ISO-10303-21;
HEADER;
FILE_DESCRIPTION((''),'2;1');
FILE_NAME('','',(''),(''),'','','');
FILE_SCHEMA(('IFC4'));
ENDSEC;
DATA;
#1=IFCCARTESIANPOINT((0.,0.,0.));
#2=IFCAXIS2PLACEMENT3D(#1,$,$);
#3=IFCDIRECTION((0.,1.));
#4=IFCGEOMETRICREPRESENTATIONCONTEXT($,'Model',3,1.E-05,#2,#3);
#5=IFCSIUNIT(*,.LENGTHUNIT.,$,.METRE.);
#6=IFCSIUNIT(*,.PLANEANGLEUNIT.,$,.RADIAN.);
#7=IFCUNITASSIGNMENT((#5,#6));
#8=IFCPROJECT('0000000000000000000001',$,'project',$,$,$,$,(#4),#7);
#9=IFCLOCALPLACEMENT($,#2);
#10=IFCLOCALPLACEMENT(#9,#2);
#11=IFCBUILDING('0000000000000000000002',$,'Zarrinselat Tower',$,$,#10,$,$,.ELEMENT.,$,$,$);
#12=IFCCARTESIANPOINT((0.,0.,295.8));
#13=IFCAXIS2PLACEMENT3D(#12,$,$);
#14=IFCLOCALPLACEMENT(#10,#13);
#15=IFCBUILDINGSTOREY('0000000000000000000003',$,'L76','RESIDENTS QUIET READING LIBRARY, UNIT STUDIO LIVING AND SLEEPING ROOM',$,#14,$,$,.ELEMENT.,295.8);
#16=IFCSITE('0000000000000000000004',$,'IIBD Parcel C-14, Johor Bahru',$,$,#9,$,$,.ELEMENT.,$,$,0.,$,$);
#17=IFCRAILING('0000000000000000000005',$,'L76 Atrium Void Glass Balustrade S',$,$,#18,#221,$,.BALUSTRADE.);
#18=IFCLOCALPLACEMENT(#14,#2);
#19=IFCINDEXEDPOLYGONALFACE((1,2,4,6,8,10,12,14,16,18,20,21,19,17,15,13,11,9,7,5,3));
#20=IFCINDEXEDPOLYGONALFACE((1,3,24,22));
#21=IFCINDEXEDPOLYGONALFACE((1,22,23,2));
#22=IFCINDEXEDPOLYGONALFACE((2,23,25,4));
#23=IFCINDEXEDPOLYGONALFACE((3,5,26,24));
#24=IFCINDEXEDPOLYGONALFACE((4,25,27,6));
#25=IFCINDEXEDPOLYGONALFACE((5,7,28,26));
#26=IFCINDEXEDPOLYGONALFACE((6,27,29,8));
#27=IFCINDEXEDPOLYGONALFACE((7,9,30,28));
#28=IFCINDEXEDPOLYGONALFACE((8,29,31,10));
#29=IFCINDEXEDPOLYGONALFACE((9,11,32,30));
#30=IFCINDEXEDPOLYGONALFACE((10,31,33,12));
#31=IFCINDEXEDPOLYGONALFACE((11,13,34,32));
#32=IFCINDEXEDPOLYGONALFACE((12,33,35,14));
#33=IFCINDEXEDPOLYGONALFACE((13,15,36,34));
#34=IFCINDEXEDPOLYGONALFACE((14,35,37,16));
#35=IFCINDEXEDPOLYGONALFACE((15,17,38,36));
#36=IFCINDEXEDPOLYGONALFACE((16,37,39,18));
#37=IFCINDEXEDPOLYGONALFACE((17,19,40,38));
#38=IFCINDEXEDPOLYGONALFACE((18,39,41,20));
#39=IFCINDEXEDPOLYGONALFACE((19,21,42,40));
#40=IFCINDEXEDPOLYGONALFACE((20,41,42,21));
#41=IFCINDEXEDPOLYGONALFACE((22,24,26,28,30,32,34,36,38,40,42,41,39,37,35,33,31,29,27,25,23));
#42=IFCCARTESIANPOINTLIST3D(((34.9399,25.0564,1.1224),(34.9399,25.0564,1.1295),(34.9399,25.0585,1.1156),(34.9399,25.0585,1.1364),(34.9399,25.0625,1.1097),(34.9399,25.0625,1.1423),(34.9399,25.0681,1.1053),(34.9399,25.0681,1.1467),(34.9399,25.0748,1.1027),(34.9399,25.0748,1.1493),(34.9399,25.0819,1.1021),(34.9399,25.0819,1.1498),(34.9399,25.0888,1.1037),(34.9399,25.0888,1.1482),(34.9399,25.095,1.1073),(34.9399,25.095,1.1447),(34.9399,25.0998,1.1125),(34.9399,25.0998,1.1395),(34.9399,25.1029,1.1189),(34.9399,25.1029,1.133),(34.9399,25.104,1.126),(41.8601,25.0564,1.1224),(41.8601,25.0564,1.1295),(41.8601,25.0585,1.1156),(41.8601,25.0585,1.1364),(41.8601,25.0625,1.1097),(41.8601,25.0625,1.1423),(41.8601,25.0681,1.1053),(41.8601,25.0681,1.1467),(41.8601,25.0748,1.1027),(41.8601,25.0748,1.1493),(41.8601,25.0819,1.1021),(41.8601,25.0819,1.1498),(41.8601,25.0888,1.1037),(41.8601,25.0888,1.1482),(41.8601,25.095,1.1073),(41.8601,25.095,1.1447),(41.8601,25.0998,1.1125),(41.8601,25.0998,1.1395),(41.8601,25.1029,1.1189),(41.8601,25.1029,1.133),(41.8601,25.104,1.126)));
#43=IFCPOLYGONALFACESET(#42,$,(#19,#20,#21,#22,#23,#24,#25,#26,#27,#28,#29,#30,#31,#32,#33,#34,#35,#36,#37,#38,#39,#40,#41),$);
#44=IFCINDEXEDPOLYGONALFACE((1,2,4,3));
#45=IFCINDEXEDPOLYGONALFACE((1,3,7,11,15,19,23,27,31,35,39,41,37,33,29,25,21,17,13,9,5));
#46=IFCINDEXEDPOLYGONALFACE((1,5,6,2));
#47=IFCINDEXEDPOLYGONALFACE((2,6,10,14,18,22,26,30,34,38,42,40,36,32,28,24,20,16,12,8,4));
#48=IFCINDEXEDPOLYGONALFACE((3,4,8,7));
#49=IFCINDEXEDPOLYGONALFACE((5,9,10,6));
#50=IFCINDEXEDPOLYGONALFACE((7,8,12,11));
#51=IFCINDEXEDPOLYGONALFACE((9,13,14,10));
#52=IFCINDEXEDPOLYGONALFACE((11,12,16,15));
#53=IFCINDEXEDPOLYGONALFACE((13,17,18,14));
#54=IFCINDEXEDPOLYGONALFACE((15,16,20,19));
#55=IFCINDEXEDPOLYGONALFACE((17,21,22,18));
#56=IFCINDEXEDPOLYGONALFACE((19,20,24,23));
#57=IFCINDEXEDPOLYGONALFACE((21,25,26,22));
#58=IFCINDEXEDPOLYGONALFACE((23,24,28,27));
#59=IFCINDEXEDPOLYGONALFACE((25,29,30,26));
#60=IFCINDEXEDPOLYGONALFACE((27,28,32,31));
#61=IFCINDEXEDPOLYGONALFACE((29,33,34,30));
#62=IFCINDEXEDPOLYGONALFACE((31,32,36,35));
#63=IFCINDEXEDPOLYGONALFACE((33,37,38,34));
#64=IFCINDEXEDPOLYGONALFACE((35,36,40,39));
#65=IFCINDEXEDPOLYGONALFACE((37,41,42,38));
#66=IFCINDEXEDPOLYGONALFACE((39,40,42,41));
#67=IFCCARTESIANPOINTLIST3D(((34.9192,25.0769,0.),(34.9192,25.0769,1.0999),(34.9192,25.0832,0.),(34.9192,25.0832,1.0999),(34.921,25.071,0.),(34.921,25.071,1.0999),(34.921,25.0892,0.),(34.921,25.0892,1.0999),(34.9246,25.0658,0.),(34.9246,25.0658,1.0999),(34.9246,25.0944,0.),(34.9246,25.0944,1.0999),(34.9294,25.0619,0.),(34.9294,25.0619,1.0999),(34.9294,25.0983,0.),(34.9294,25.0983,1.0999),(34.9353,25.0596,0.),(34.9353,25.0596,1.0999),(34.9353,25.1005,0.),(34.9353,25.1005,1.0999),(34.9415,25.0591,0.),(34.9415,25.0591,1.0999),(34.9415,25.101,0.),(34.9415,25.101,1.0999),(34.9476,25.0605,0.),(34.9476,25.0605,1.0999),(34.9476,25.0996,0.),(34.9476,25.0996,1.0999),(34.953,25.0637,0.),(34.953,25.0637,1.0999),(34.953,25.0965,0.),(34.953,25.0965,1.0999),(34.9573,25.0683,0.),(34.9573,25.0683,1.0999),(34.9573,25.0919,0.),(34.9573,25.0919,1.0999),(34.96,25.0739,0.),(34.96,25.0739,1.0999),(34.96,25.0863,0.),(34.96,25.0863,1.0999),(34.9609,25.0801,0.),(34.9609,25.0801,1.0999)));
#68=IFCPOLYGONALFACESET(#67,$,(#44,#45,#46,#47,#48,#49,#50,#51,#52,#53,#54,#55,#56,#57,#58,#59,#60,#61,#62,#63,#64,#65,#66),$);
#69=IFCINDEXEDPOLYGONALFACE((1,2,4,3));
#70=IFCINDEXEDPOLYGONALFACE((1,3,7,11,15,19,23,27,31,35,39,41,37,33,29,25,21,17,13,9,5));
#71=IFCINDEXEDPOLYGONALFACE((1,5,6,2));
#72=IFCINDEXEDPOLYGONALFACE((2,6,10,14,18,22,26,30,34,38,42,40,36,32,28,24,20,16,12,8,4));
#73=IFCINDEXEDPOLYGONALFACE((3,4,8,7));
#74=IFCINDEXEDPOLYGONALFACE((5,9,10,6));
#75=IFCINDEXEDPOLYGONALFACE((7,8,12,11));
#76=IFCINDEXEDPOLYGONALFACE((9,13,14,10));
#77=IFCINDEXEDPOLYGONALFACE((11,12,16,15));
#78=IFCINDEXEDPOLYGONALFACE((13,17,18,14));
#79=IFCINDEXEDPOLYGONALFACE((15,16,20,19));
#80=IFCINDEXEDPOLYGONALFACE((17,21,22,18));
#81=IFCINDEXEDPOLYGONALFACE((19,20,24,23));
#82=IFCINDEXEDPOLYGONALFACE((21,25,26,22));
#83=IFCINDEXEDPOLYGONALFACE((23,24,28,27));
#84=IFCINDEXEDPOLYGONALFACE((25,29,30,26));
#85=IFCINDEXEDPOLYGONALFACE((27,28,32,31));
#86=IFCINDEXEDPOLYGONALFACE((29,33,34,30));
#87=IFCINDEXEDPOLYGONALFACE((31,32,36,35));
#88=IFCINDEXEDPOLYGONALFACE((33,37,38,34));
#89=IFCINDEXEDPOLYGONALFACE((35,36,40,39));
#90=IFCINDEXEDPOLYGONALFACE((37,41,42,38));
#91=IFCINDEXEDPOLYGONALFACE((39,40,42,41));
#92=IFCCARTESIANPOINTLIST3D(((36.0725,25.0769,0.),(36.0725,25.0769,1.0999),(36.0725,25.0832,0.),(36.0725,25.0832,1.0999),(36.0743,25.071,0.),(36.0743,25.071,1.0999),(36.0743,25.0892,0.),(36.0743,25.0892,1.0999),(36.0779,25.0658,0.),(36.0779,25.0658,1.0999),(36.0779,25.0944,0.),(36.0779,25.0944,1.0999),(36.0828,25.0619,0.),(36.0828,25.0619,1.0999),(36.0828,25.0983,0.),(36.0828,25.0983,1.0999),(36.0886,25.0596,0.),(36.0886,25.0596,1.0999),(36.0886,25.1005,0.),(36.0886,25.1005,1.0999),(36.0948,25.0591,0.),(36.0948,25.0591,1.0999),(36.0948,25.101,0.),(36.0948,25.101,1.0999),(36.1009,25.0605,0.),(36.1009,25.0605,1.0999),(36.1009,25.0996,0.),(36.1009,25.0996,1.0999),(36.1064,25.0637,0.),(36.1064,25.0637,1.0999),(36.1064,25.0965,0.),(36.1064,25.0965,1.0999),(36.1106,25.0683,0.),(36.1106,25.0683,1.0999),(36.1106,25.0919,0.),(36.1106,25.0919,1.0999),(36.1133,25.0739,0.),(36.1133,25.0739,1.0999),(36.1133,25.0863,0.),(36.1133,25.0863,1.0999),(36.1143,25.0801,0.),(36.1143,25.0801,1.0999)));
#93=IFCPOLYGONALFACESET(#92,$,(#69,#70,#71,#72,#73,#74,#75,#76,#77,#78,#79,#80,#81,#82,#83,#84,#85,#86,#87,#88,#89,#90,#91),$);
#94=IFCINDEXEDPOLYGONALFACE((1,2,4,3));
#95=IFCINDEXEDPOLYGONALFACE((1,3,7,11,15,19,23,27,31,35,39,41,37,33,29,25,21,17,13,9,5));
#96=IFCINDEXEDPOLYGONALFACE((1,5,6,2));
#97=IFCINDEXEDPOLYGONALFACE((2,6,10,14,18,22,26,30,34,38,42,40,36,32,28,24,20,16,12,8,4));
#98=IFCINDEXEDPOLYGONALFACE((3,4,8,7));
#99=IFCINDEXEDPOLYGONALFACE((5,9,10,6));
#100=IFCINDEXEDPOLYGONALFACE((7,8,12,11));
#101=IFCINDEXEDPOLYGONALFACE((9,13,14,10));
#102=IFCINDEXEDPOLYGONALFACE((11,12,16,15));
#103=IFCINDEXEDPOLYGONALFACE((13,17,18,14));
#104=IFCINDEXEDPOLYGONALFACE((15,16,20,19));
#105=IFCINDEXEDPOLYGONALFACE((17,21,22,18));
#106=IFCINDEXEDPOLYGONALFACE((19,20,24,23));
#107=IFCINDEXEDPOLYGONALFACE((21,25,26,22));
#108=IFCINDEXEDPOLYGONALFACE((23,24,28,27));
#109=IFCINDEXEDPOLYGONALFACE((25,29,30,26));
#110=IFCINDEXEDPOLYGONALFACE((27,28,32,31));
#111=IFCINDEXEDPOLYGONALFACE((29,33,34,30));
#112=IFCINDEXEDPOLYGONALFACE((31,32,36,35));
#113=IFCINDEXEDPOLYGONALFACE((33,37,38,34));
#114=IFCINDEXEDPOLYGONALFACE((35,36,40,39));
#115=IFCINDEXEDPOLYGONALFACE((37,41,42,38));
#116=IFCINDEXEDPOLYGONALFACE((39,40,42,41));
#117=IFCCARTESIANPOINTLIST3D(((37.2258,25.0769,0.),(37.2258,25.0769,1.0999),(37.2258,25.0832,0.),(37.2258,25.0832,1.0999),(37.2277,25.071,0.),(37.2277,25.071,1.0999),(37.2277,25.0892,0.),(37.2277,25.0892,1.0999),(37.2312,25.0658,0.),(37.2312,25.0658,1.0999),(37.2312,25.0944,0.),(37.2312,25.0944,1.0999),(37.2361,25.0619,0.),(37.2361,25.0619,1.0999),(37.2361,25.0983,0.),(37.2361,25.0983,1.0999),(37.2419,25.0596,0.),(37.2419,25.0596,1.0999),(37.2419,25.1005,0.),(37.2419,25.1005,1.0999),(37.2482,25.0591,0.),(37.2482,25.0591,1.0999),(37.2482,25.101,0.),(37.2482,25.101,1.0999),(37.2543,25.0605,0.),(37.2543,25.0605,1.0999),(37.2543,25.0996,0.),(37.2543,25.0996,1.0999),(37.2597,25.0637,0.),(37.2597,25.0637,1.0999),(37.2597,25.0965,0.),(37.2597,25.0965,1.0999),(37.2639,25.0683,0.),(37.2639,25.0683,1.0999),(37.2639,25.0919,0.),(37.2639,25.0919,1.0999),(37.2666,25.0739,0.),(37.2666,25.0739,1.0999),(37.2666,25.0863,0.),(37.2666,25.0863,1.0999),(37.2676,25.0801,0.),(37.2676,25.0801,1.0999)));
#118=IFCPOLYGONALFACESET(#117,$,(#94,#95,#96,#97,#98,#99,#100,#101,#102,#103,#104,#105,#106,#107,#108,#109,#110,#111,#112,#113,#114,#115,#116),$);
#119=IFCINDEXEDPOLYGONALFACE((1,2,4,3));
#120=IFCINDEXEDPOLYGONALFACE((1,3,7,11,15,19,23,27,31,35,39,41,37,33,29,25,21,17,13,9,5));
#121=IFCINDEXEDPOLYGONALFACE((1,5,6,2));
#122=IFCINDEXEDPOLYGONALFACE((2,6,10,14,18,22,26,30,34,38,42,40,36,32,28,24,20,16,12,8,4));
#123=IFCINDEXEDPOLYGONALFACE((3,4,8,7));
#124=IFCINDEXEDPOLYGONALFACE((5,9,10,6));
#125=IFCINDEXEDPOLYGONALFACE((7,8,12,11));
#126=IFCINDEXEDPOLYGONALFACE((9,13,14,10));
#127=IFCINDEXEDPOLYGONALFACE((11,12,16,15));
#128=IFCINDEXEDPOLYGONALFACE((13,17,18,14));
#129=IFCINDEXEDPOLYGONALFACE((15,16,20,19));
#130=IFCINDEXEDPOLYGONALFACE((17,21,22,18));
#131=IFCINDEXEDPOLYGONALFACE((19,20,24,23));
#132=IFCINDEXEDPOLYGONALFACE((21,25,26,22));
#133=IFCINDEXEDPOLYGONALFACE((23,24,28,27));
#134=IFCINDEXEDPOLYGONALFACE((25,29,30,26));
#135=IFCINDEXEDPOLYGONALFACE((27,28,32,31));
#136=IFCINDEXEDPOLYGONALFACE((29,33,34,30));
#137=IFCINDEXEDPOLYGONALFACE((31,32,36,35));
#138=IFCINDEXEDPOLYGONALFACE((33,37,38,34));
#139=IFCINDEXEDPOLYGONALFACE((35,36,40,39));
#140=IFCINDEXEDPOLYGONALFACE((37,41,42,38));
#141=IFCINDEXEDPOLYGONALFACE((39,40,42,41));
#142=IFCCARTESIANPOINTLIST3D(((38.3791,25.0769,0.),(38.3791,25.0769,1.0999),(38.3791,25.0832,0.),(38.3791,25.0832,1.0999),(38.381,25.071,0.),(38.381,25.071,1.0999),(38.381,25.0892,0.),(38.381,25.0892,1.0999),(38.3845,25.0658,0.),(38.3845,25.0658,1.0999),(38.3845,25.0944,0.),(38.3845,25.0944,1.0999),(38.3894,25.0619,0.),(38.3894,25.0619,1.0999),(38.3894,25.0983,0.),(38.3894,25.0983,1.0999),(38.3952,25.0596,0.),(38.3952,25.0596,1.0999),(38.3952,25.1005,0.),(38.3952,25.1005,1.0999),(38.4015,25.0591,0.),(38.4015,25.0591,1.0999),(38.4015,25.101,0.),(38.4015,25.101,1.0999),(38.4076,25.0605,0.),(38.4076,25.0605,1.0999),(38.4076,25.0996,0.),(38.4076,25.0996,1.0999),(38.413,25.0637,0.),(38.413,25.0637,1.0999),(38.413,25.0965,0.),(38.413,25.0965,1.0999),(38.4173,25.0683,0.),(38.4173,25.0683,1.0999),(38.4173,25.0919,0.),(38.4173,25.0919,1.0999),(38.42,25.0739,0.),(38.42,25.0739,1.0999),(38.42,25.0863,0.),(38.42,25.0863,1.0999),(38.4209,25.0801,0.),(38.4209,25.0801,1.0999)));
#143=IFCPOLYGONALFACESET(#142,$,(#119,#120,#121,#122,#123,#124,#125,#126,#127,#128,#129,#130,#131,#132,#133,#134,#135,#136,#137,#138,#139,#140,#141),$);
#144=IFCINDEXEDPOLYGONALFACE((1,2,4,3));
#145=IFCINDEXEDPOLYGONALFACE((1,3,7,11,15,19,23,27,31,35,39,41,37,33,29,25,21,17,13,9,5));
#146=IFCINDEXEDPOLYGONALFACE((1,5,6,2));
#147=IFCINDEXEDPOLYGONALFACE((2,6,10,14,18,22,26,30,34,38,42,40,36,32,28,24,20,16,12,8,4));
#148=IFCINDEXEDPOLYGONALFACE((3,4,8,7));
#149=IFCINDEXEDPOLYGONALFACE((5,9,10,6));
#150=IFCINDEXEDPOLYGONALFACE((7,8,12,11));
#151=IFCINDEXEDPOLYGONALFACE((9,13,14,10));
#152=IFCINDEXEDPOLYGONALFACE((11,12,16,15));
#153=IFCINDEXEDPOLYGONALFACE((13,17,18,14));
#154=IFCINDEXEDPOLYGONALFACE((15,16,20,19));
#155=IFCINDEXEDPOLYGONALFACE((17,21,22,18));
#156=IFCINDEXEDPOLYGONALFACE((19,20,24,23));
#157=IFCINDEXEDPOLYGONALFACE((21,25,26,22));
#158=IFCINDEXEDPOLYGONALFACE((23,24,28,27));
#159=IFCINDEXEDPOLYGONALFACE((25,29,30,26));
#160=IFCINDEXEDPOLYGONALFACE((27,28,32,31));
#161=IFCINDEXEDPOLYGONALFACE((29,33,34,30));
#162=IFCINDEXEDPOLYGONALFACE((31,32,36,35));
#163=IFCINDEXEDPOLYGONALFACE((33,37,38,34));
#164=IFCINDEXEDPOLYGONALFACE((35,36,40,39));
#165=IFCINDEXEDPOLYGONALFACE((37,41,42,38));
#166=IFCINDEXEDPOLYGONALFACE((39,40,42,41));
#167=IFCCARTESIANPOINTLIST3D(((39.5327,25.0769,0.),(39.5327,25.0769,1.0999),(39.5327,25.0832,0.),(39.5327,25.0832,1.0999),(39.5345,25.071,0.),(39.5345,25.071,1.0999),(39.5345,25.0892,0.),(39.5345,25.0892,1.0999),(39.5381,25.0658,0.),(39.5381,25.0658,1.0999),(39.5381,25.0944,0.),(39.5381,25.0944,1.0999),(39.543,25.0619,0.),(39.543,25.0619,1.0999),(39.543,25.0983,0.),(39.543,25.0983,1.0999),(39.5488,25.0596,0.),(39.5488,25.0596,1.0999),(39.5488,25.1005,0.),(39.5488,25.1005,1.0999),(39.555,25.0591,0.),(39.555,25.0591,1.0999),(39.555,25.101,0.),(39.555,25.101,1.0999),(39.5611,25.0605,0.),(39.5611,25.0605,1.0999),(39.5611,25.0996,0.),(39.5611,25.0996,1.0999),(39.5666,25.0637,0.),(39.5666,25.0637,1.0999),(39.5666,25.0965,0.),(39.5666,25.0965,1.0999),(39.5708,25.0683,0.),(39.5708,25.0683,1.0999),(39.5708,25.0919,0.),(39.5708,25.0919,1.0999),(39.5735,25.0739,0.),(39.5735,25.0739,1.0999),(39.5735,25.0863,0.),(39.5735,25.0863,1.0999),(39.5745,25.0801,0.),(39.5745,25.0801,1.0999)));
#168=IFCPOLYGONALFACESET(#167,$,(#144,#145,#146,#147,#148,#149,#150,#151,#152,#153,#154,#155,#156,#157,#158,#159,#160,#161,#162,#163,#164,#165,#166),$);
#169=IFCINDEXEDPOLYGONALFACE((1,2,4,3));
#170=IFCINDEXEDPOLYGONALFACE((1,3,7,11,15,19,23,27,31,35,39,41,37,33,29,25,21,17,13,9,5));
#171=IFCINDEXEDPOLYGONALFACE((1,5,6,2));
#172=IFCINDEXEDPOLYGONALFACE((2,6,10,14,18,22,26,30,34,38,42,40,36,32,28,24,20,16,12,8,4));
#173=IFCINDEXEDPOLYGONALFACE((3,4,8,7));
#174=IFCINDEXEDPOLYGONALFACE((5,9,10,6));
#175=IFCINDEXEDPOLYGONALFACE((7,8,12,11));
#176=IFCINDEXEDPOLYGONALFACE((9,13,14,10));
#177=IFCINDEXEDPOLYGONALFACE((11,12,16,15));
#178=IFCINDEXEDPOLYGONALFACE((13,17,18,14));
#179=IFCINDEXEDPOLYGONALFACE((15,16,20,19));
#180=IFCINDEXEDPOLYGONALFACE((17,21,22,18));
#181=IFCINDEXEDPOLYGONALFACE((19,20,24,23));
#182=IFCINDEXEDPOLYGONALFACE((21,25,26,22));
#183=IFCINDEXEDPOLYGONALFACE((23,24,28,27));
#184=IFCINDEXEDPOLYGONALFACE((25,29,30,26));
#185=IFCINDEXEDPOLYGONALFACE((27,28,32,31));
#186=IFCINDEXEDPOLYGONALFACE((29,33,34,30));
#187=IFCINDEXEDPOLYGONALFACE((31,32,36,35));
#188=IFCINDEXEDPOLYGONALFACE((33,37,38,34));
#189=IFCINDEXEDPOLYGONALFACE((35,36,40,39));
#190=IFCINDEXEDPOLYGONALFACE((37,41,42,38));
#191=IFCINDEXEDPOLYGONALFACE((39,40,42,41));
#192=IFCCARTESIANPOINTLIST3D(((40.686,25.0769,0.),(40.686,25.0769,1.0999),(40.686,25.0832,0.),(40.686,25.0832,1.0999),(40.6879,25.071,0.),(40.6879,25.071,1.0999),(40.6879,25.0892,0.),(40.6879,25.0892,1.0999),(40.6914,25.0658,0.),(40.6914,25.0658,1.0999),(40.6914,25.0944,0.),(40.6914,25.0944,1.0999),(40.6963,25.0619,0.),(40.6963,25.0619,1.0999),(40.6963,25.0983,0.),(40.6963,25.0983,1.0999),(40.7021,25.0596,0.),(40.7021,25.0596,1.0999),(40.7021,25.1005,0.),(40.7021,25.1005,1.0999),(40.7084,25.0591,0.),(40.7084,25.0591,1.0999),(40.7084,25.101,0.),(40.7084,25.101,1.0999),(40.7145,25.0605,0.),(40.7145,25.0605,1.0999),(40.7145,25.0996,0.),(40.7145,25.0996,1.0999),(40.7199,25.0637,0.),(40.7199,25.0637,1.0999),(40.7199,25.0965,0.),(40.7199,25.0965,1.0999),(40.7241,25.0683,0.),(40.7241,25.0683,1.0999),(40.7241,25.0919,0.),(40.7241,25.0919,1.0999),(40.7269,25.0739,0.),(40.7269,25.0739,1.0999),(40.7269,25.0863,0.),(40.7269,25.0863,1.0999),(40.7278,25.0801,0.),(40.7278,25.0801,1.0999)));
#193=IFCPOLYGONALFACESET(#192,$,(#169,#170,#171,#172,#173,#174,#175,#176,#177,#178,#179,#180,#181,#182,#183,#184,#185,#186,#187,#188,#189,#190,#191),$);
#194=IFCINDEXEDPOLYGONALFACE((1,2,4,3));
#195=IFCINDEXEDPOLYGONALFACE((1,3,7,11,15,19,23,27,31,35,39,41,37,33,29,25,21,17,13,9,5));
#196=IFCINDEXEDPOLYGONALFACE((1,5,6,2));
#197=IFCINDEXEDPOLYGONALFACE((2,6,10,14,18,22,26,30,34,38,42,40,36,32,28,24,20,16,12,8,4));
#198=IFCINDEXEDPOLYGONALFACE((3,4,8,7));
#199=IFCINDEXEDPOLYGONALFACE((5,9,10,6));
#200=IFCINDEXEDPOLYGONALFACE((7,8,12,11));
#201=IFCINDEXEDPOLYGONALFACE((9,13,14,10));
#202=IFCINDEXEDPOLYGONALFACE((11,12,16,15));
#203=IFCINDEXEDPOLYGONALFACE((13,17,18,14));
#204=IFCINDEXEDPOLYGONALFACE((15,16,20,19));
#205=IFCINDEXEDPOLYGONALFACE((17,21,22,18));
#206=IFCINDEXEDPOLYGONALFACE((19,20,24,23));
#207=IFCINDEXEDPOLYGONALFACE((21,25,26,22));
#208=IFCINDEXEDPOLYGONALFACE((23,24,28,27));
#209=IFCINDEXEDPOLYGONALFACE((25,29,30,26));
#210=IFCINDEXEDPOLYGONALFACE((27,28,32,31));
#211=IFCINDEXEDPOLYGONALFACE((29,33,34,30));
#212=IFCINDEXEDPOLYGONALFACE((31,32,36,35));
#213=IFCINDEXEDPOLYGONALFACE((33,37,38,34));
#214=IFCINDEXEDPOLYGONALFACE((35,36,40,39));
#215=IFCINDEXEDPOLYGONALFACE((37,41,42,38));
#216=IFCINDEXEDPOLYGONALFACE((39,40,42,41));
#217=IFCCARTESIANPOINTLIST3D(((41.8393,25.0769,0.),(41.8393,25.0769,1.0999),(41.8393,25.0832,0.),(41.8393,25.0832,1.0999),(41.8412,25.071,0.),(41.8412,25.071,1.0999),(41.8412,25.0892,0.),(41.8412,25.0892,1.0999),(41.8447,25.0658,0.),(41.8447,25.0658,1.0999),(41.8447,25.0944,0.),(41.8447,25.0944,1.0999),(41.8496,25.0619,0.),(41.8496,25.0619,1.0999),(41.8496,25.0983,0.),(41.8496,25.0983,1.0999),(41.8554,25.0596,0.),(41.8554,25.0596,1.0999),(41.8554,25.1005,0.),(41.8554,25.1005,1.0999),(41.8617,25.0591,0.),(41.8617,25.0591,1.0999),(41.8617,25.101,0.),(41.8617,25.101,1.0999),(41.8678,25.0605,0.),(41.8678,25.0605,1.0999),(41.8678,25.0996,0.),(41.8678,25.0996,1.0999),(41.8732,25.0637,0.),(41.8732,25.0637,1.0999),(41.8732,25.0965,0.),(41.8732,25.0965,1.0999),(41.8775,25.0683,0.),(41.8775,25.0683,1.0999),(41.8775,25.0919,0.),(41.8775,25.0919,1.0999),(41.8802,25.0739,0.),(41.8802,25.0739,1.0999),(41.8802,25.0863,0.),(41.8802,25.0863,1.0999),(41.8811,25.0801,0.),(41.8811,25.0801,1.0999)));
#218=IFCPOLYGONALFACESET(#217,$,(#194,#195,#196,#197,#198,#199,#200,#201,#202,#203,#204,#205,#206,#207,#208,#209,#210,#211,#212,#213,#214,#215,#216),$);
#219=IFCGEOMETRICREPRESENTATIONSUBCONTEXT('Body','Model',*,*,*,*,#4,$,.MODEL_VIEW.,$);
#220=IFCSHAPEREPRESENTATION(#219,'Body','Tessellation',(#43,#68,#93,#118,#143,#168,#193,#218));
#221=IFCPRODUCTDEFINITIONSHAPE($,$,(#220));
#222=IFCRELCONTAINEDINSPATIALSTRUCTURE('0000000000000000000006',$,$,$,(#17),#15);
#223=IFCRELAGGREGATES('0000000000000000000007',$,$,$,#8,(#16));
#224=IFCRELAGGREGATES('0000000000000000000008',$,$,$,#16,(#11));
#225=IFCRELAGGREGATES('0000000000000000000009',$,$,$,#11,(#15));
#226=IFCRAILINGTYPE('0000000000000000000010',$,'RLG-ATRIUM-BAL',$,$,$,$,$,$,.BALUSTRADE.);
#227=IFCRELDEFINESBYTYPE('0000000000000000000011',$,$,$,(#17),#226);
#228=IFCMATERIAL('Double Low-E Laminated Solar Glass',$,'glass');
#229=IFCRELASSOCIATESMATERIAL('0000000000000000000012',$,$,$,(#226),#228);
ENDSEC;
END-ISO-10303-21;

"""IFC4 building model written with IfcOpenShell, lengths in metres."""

from ifc_helpers import new_model, si_unit, direction, frame, origin, origin_2d, place, context, subcontext, project, spatial, circle, extrude, material, type_object, element, save


model = new_model("IFC4")

# Units and contexts
model_context = context("Model", 3, precision=1e-05, world=origin(), true_north=direction((0.0, 1.0)))
body_context = subcontext(model_context, "Body", "Model", "MODEL_VIEW")
ifc_project = project(units=[si_unit("LENGTHUNIT", "METRE"), si_unit("PLANEANGLEUNIT", "RADIAN")], contexts=[model_context])

# Site, building, storey
site_placement = place(None, origin())
site = spatial("IfcSite", under=ifc_project, at=site_placement, Name="IIBD Parcel C-14, Johor Bahru", CompositionType="ELEMENT", RefElevation=0.0)
building_placement = place(site_placement, origin())
building = spatial("IfcBuilding", under=site, at=building_placement, Name="Zarrinselat Tower", CompositionType="ELEMENT")
storey_placement = place(building_placement, frame((0.0, 0.0, 295.8)))
storey = spatial("IfcBuildingStorey", under=building, at=storey_placement, Name="L76", Description="RESIDENTS QUIET READING LIBRARY, UNIT STUDIO LIVING AND SLEEPING ROOM", CompositionType="ELEMENT", Elevation=295.8)

# Railing
ifc_material_1 = material(Name="Double Low-E Laminated Solar Glass", Category="glass")
railing_type = type_object("IfcRailingType", Name="RLG-ATRIUM-BAL", PredefinedType="BALUSTRADE", material=ifc_material_1)
railing_1_placement = place(storey_placement, frame((34.9399, 25.0801, 0.0)))
element("IfcRailing", 1, at=railing_1_placement, inside=storey, type_object=railing_type, Name="L76 Atrium Void Glass Balustrade S", PredefinedType="BALUSTRADE", context=body_context, shape_type="SweptSolid", body=[
    extrude(circle(Radius=0.0239, at=origin_2d()), frame((0.0, 0.0, 1.126), z_axis=(1.0, 0.0, 0.0), x_axis=(0.0, 1.0, 0.0)), (0.0, 0.0, 1.0), 6.9202),
    extrude(circle(Radius=0.021, at=origin_2d()), origin(), (0.0, 0.0, 1.0), 1.0999),
    extrude(circle(Radius=0.021, at=origin_2d()), frame((1.1533, 0.0, 0.0)), (0.0, 0.0, 1.0), 1.0999),
    extrude(circle(Radius=0.021, at=origin_2d()), frame((2.3066, 0.0, 0.0)), (0.0, 0.0, 1.0), 1.0999),
    extrude(circle(Radius=0.021, at=origin_2d()), frame((3.46, 0.0, 0.0)), (0.0, 0.0, 1.0), 1.0999),
    extrude(circle(Radius=0.021, at=origin_2d()), frame((4.6135, 0.0, 0.0)), (0.0, 0.0, 1.0), 1.0999),
    extrude(circle(Radius=0.021, at=origin_2d()), frame((5.7668, 0.0, 0.0)), (0.0, 0.0, 1.0), 1.0999),
    extrude(circle(Radius=0.021, at=origin_2d()), frame((6.9202, 0.0, 0.0)), (0.0, 0.0, 1.0), 1.0999),
])

save(model, "model.ifc")
